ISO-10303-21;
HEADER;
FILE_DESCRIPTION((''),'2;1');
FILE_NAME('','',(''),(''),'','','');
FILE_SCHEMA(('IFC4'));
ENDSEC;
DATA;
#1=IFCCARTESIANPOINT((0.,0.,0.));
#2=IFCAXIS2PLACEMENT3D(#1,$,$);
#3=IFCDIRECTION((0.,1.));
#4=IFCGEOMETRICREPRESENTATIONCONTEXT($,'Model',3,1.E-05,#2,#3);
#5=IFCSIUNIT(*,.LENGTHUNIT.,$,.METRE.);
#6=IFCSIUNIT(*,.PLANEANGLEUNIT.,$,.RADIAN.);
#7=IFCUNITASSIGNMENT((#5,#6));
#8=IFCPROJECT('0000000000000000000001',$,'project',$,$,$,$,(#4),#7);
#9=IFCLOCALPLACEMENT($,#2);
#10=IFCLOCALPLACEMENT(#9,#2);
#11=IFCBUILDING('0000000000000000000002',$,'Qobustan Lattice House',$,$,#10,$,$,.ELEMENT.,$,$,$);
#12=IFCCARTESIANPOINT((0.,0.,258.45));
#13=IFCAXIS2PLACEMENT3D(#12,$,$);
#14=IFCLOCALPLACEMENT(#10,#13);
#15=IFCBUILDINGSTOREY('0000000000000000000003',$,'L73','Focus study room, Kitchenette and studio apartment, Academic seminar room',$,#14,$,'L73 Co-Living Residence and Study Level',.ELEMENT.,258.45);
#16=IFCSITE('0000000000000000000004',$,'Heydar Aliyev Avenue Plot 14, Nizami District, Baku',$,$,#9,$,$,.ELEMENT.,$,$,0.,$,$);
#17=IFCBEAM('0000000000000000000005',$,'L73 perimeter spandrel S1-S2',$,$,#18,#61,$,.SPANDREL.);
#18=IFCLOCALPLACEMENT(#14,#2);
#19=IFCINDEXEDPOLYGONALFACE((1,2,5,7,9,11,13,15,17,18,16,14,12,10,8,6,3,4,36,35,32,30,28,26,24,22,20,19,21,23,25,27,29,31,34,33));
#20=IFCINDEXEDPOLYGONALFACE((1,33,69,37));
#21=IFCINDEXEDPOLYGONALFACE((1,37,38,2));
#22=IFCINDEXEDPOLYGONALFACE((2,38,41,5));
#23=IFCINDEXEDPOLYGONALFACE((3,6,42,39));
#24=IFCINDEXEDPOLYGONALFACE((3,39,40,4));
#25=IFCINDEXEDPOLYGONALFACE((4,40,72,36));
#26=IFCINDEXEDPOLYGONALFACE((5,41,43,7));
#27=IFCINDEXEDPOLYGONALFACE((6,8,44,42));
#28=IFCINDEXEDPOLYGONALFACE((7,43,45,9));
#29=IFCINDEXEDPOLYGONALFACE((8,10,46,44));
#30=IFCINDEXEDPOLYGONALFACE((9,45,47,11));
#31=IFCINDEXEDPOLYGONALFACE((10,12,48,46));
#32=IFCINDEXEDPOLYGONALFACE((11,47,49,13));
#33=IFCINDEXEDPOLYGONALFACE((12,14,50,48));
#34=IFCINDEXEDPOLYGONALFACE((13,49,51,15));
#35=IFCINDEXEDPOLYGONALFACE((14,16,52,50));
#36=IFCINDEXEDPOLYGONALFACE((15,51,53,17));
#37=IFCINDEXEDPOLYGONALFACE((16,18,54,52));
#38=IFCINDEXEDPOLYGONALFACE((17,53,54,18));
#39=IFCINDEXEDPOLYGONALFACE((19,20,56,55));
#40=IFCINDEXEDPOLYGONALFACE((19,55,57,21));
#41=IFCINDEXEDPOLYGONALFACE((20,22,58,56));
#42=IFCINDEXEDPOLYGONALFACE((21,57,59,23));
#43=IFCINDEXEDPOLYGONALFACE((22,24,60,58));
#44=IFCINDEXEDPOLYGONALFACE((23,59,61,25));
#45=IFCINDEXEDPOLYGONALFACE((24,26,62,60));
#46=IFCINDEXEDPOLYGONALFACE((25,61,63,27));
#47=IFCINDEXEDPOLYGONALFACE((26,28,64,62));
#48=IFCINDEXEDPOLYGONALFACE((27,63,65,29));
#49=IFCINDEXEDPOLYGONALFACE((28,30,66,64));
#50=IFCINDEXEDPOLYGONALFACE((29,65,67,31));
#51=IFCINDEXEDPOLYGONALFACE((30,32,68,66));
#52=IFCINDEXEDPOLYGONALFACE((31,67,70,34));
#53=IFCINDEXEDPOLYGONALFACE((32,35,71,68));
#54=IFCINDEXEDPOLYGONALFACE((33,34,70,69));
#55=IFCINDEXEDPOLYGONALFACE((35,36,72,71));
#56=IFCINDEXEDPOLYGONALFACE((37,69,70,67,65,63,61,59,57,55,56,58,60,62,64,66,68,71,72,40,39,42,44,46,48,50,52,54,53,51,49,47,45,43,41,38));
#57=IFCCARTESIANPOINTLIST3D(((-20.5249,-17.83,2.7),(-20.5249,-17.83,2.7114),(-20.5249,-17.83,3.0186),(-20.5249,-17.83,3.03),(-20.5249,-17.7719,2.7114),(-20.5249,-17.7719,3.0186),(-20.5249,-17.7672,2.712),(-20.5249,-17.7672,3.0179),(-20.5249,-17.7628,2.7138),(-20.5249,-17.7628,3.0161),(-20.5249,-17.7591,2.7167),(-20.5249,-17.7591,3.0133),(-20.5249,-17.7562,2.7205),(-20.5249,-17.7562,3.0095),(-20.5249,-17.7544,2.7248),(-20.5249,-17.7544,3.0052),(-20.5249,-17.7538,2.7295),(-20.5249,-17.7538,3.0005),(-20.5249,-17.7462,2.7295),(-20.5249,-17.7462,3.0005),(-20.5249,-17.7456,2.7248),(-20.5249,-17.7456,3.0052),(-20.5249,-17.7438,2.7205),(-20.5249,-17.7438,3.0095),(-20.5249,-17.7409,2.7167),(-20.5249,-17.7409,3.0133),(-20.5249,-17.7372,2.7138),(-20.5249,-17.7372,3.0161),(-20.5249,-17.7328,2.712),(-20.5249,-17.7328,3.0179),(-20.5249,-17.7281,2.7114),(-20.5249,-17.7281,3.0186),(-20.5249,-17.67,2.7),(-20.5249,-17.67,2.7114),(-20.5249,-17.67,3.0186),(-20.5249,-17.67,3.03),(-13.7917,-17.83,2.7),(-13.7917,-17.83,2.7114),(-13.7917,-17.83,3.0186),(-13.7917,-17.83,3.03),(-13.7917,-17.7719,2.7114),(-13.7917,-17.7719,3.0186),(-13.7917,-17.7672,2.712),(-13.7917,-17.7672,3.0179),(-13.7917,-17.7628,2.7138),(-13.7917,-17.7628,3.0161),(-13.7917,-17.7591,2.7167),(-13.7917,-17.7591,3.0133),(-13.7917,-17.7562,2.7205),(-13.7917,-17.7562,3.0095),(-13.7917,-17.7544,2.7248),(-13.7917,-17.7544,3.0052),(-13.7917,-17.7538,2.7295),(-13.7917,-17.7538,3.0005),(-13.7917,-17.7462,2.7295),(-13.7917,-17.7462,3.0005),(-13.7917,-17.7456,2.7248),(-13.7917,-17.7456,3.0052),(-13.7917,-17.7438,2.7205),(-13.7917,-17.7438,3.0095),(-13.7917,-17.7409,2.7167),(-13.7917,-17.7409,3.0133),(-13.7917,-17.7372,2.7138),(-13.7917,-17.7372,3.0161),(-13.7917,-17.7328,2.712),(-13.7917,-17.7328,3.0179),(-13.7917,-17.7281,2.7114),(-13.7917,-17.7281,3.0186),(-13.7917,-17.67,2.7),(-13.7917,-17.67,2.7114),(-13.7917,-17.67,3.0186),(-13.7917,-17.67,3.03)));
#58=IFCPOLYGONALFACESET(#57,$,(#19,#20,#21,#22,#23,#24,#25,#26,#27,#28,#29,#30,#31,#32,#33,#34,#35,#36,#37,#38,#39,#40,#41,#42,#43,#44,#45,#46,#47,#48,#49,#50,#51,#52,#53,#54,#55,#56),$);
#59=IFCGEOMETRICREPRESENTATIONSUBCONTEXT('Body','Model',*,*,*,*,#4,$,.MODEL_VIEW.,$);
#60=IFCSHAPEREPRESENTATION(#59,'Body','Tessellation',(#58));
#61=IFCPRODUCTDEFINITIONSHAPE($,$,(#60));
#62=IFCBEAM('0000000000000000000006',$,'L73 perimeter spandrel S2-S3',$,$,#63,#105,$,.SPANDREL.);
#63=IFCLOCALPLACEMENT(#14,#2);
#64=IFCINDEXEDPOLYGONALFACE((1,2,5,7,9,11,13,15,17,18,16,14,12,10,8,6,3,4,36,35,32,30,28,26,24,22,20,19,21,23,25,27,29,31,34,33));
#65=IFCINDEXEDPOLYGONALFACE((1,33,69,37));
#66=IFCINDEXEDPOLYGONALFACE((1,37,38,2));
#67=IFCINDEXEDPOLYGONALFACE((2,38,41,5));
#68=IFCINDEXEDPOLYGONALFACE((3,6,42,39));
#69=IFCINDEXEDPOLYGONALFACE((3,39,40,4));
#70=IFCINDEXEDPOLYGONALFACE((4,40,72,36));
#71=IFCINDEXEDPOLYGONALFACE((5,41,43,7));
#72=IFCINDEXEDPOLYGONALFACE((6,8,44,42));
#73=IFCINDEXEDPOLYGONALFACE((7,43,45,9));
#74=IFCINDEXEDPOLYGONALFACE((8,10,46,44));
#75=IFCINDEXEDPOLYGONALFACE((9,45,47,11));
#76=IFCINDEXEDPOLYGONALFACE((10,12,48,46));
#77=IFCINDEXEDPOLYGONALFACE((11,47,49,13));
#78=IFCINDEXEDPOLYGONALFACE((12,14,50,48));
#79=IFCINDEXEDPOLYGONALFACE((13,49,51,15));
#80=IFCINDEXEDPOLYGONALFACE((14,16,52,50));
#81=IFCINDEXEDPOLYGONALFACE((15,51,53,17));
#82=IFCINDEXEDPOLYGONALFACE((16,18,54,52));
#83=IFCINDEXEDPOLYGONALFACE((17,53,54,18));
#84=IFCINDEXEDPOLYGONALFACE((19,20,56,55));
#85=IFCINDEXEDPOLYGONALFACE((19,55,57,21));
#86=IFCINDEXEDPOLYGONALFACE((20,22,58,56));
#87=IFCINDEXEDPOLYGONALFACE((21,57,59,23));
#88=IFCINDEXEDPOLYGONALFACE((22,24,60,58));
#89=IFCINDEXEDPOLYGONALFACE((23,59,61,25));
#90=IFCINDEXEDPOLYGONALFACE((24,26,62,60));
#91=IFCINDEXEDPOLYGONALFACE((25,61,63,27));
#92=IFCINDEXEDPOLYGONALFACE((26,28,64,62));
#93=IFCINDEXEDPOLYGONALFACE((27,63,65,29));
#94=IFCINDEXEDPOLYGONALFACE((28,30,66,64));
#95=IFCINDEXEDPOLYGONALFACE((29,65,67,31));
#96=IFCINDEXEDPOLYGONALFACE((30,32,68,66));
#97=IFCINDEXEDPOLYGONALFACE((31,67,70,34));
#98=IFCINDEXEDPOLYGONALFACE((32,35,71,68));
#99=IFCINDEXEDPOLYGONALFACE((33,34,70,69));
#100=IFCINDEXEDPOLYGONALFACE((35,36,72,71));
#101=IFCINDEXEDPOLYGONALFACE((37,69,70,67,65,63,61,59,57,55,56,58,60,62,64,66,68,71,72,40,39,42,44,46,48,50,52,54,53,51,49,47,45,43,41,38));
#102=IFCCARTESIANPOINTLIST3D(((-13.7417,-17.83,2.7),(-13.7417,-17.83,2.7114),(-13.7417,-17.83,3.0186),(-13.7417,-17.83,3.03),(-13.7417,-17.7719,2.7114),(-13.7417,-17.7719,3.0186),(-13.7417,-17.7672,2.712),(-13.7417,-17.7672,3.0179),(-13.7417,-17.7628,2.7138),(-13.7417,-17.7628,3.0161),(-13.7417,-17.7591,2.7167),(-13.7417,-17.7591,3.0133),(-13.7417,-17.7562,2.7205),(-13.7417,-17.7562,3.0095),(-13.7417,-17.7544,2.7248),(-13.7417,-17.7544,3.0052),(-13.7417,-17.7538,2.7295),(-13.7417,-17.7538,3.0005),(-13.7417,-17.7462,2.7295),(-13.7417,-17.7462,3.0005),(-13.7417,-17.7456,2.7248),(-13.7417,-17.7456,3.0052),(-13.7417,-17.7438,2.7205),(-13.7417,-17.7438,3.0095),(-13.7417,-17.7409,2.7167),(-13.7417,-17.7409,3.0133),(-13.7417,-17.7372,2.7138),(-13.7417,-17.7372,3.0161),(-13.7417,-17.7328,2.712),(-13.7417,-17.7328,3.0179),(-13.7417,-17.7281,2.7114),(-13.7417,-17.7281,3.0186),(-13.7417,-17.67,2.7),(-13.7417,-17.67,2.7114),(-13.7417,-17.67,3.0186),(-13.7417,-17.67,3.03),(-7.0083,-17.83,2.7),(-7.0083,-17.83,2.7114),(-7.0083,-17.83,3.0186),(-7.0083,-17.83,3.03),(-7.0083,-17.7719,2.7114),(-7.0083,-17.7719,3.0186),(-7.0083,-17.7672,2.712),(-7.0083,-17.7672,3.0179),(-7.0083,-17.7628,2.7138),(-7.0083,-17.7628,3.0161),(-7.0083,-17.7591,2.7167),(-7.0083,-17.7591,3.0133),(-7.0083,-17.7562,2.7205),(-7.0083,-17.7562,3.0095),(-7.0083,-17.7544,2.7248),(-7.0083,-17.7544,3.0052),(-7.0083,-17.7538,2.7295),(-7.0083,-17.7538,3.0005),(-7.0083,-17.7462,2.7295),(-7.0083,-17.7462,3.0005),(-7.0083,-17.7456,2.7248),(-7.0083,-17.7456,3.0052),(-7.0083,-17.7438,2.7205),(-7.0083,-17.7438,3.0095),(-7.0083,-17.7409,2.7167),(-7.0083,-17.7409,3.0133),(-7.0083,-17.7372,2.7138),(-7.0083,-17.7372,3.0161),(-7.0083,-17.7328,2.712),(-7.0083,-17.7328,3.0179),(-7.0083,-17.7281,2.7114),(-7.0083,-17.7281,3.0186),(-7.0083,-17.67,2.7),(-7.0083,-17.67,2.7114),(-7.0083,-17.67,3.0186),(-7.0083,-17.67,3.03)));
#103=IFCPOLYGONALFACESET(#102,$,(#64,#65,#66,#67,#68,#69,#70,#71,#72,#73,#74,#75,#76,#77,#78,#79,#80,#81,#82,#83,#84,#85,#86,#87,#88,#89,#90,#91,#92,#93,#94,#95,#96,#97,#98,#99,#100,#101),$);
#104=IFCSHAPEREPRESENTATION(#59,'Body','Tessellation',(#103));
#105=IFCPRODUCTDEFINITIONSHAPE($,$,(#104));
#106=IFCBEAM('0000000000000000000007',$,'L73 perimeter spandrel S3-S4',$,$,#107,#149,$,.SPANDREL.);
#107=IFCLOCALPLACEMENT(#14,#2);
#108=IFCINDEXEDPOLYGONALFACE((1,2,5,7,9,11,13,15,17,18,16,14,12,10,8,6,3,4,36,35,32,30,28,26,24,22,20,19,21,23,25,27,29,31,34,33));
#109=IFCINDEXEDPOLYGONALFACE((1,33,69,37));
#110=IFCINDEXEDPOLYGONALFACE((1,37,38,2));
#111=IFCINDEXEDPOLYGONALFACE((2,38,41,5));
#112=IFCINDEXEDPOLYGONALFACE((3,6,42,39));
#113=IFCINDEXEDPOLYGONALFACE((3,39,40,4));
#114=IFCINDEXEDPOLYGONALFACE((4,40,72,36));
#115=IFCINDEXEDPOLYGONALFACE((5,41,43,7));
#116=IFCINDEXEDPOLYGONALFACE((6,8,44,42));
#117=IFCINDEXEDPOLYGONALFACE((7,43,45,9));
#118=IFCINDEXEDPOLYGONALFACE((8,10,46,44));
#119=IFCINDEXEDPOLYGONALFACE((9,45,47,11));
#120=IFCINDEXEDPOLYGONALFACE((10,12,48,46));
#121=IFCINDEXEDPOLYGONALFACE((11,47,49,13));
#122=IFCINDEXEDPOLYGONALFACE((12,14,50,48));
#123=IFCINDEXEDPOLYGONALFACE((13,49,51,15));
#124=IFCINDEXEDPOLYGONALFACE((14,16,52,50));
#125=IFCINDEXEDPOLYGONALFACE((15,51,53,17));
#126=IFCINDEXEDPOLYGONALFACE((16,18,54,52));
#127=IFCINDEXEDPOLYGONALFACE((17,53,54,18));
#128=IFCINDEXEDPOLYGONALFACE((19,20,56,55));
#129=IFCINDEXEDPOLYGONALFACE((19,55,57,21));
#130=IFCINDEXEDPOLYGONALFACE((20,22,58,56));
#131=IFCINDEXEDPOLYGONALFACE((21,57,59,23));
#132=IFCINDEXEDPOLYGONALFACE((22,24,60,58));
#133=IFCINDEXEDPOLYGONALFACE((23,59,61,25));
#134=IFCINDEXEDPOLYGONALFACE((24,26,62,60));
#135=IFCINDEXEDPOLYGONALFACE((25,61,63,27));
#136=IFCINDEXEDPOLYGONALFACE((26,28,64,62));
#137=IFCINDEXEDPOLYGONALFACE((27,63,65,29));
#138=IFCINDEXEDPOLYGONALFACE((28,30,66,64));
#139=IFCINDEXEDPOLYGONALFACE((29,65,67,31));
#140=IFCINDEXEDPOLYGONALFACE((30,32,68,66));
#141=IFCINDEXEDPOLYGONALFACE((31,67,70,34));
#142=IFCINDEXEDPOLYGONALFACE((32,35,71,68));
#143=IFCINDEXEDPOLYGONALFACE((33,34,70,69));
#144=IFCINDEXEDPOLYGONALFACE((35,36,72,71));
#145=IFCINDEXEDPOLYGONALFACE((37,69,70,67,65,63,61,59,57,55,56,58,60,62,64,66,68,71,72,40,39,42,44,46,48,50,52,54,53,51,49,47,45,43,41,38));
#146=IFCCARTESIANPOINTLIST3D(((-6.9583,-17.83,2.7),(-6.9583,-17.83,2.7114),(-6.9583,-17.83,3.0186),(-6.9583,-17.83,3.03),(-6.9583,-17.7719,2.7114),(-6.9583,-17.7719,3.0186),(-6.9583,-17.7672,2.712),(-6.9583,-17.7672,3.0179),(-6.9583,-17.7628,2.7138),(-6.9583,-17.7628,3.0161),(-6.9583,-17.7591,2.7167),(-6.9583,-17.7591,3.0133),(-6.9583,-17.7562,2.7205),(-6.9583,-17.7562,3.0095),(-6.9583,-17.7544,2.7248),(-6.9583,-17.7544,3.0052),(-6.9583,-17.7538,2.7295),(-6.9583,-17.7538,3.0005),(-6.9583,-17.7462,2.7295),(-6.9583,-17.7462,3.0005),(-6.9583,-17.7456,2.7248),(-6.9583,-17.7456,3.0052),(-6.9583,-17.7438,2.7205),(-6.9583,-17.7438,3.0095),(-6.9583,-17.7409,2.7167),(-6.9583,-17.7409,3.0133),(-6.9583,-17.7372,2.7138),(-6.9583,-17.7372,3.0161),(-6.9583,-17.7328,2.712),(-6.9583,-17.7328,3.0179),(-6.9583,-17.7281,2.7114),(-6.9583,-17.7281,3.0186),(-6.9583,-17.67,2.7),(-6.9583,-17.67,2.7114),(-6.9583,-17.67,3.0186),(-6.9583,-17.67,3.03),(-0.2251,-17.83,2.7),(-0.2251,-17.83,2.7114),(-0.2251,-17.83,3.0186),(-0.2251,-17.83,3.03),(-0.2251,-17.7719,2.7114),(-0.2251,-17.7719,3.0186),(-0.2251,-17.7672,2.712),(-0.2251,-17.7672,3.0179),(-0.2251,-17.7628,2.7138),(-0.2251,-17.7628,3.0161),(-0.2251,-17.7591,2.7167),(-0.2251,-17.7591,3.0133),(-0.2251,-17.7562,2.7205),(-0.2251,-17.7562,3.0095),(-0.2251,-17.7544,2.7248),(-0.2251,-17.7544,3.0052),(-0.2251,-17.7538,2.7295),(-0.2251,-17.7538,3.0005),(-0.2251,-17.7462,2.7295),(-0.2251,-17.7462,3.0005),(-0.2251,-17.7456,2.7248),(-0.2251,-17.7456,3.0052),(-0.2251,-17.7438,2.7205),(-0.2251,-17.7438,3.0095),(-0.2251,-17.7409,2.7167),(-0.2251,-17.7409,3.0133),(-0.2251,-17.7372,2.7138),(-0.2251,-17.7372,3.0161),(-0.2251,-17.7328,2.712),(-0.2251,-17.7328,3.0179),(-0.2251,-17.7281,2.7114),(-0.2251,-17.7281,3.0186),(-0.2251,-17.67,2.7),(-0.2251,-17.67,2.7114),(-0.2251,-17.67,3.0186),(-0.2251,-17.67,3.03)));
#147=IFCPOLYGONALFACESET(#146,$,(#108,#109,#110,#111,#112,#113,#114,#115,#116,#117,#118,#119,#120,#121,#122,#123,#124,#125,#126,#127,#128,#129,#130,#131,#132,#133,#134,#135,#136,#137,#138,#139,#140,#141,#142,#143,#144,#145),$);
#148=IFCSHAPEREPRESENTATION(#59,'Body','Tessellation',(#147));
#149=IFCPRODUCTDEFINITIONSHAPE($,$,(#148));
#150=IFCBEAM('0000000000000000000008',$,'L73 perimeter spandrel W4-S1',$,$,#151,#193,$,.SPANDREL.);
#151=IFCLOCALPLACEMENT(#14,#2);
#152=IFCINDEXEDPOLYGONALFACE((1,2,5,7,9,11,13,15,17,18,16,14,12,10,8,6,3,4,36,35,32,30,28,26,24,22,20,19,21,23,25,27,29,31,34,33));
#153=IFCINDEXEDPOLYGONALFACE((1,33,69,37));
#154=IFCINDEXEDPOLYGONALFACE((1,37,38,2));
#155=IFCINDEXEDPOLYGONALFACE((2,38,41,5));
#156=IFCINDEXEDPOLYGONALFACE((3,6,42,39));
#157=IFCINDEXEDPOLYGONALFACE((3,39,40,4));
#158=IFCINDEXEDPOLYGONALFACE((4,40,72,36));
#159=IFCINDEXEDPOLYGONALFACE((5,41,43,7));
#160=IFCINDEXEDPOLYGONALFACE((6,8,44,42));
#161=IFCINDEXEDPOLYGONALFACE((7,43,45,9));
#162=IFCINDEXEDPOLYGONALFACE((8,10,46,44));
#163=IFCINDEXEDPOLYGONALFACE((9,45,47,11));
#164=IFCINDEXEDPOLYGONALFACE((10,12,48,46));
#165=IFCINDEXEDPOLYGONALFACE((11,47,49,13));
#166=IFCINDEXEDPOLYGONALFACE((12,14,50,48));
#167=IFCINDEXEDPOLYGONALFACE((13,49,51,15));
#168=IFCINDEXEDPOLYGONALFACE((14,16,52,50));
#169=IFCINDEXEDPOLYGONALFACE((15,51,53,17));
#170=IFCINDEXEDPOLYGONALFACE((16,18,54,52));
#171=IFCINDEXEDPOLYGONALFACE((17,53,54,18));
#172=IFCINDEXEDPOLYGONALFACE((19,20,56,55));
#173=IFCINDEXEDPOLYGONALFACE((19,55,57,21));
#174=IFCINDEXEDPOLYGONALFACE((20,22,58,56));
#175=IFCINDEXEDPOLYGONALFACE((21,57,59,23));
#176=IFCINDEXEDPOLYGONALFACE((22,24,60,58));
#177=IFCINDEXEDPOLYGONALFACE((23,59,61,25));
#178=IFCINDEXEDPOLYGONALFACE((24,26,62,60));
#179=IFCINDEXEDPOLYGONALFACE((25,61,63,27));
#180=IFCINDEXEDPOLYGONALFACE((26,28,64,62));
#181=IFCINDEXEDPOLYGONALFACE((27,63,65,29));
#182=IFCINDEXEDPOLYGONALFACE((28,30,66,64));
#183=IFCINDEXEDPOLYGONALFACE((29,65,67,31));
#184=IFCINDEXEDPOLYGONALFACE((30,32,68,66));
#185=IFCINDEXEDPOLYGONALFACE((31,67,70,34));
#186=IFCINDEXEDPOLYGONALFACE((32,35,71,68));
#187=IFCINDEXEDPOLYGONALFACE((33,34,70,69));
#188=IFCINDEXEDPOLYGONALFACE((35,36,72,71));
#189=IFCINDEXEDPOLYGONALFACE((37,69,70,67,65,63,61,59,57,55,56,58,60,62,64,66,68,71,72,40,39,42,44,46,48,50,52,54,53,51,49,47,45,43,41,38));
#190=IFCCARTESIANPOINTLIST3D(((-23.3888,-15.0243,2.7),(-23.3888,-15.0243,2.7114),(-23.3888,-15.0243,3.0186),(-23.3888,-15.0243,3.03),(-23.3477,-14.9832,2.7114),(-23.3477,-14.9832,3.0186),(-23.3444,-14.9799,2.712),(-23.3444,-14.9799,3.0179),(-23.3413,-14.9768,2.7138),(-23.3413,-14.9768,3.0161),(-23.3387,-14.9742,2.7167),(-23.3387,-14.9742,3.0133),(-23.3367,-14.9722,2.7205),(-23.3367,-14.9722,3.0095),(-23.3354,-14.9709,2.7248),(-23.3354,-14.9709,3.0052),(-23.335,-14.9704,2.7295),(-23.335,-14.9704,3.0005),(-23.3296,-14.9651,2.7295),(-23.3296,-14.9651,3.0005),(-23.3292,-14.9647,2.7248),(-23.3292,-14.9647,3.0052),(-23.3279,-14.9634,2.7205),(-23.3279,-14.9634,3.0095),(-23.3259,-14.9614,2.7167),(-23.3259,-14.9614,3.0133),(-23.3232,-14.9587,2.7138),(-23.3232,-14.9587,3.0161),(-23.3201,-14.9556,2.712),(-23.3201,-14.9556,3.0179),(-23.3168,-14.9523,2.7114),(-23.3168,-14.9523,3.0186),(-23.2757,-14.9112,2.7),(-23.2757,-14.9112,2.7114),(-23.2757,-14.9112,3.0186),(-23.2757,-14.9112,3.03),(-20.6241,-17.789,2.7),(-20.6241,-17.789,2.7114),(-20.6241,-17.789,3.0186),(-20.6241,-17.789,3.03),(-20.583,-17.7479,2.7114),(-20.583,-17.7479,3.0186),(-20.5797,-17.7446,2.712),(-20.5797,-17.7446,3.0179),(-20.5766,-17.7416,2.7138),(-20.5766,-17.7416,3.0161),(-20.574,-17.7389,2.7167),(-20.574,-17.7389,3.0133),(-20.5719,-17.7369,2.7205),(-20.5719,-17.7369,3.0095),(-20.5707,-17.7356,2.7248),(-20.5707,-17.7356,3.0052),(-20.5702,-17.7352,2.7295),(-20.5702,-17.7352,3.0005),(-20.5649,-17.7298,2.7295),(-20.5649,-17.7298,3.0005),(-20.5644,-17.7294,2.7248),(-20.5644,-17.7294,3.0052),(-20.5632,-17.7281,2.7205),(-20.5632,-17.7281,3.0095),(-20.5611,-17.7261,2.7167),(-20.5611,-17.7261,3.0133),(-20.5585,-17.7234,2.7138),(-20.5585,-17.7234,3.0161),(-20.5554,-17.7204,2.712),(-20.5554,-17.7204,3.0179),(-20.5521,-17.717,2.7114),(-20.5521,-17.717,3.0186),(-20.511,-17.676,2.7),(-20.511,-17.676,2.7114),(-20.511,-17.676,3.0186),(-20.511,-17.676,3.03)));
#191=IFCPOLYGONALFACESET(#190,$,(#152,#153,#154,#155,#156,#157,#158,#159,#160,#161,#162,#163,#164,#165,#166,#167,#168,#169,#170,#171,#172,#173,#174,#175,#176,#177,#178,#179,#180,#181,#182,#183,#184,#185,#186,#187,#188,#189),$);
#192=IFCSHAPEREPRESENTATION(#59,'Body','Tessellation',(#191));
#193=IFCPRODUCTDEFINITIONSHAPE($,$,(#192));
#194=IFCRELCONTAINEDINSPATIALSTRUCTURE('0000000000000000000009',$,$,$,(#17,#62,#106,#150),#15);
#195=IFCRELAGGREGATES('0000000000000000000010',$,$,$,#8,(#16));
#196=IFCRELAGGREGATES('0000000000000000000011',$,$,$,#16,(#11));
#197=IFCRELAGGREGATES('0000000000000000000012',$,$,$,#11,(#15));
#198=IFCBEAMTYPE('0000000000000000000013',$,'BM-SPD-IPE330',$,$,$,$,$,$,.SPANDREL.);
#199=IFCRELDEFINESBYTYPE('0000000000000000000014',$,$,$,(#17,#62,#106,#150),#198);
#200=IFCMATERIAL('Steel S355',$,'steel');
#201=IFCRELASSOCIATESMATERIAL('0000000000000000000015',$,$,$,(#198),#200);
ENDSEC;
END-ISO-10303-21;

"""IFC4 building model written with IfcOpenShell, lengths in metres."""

from ifc_helpers import new_model, si_unit, direction, frame, origin, origin_2d, place, context, subcontext, project, spatial, i_section, extrude, material, material_profile, profile_set, type_object, element, save


model = new_model("IFC4")

# Units and contexts
model_context = context("Model", 3, precision=1e-05, world=origin(), true_north=direction((0.0, 1.0)))
body_context = subcontext(model_context, "Body", "Model", "MODEL_VIEW")
ifc_project = project(units=[si_unit("LENGTHUNIT", "METRE"), si_unit("PLANEANGLEUNIT", "RADIAN")], contexts=[model_context])

# Site, building, storey
site_placement = place(None, origin())
site = spatial("IfcSite", under=ifc_project, at=site_placement, Name="Heydar Aliyev Avenue Plot 14, Nizami District, Baku", CompositionType="ELEMENT", RefElevation=0.0)
building_placement = place(site_placement, origin())
building = spatial("IfcBuilding", under=site, at=building_placement, Name="Qobustan Lattice House", CompositionType="ELEMENT")
storey_placement = place(building_placement, frame((0.0, 0.0, 258.45)))
storey = spatial("IfcBuildingStorey", under=building, at=storey_placement, Name="L73", Description="Focus study room, Kitchenette and studio apartment, Academic seminar room", LongName="L73 Co-Living Residence and Study Level", CompositionType="ELEMENT", Elevation=258.45)

# Beams
ifc_material_1 = material(Name="Steel S355", Category="steel")
ifc_material_profile_1 = material_profile(ifc_material_1, i_section(OverallWidth=0.1599, OverallDepth=0.3301, WebThickness=0.0076, FlangeThickness=0.0115, FilletRadius=0.0181, at=origin_2d()), Name="IPE330")
ifc_profile_set_1 = profile_set([ifc_material_profile_1], Name="Steel S355")
beam_type_1 = type_object("IfcBeamType", Name="BM-SPD-IPE330", PredefinedType="SPANDREL", material=ifc_profile_set_1)
beam_1_placement = place(storey_placement, frame((-20.5249, -17.75, 2.865), z_axis=(1.0, 0.0, 0.0), x_axis=(0.0, 1.0, 0.0)))
element("IfcBeam", 1, at=beam_1_placement, inside=storey, type_object=beam_type_1, Name="L73 perimeter spandrel S1-S2", PredefinedType="SPANDREL", context=body_context, shape_type="SweptSolid", body=[
    extrude(i_section(OverallWidth=0.1599, OverallDepth=0.3301, WebThickness=0.0076, FlangeThickness=0.0115, FilletRadius=0.0181, at=origin_2d()), origin(), (0.0, 0.0, 1.0), 6.7332),
])
beam_2_placement = place(storey_placement, frame((-13.7417, -17.75, 2.865), z_axis=(1.0, 0.0, 0.0), x_axis=(0.0, 1.0, 0.0)))
element("IfcBeam", 2, at=beam_2_placement, inside=storey, type_object=beam_type_1, Name="L73 perimeter spandrel S2-S3", PredefinedType="SPANDREL", context=body_context, shape_type="SweptSolid", body=[
    extrude(i_section(OverallWidth=0.1599, OverallDepth=0.3301, WebThickness=0.0076, FlangeThickness=0.0115, FilletRadius=0.0181, at=origin_2d()), origin(), (0.0, 0.0, 1.0), 6.7334),
])
beam_3_placement = place(storey_placement, frame((-6.9583, -17.75, 2.865), z_axis=(1.0, 0.0, 0.0), x_axis=(0.0, 1.0, 0.0)))
element("IfcBeam", 3, at=beam_3_placement, inside=storey, type_object=beam_type_1, Name="L73 perimeter spandrel S3-S4", PredefinedType="SPANDREL", context=body_context, shape_type="SweptSolid", body=[
    extrude(i_section(OverallWidth=0.1599, OverallDepth=0.3301, WebThickness=0.0076, FlangeThickness=0.0115, FilletRadius=0.0181, at=origin_2d()), origin(), (0.0, 0.0, 1.0), 6.7332),
])
beam_4_placement = place(storey_placement, frame((-23.3323, -14.9678, 2.865), z_axis=(0.707107, -0.707107, 0.0), x_axis=(0.707107, 0.707107, 0.0)))
element("IfcBeam", 4, at=beam_4_placement, inside=storey, type_object=beam_type_1, Name="L73 perimeter spandrel W4-S1", PredefinedType="SPANDREL", context=body_context, shape_type="SweptSolid", body=[
    extrude(i_section(OverallWidth=0.1599, OverallDepth=0.3301, WebThickness=0.0076, FlangeThickness=0.0115, FilletRadius=0.0181, at=origin_2d()), origin(), (0.0, 0.0, 1.0), 3.9099),
])

save(model, "model.ifc")
